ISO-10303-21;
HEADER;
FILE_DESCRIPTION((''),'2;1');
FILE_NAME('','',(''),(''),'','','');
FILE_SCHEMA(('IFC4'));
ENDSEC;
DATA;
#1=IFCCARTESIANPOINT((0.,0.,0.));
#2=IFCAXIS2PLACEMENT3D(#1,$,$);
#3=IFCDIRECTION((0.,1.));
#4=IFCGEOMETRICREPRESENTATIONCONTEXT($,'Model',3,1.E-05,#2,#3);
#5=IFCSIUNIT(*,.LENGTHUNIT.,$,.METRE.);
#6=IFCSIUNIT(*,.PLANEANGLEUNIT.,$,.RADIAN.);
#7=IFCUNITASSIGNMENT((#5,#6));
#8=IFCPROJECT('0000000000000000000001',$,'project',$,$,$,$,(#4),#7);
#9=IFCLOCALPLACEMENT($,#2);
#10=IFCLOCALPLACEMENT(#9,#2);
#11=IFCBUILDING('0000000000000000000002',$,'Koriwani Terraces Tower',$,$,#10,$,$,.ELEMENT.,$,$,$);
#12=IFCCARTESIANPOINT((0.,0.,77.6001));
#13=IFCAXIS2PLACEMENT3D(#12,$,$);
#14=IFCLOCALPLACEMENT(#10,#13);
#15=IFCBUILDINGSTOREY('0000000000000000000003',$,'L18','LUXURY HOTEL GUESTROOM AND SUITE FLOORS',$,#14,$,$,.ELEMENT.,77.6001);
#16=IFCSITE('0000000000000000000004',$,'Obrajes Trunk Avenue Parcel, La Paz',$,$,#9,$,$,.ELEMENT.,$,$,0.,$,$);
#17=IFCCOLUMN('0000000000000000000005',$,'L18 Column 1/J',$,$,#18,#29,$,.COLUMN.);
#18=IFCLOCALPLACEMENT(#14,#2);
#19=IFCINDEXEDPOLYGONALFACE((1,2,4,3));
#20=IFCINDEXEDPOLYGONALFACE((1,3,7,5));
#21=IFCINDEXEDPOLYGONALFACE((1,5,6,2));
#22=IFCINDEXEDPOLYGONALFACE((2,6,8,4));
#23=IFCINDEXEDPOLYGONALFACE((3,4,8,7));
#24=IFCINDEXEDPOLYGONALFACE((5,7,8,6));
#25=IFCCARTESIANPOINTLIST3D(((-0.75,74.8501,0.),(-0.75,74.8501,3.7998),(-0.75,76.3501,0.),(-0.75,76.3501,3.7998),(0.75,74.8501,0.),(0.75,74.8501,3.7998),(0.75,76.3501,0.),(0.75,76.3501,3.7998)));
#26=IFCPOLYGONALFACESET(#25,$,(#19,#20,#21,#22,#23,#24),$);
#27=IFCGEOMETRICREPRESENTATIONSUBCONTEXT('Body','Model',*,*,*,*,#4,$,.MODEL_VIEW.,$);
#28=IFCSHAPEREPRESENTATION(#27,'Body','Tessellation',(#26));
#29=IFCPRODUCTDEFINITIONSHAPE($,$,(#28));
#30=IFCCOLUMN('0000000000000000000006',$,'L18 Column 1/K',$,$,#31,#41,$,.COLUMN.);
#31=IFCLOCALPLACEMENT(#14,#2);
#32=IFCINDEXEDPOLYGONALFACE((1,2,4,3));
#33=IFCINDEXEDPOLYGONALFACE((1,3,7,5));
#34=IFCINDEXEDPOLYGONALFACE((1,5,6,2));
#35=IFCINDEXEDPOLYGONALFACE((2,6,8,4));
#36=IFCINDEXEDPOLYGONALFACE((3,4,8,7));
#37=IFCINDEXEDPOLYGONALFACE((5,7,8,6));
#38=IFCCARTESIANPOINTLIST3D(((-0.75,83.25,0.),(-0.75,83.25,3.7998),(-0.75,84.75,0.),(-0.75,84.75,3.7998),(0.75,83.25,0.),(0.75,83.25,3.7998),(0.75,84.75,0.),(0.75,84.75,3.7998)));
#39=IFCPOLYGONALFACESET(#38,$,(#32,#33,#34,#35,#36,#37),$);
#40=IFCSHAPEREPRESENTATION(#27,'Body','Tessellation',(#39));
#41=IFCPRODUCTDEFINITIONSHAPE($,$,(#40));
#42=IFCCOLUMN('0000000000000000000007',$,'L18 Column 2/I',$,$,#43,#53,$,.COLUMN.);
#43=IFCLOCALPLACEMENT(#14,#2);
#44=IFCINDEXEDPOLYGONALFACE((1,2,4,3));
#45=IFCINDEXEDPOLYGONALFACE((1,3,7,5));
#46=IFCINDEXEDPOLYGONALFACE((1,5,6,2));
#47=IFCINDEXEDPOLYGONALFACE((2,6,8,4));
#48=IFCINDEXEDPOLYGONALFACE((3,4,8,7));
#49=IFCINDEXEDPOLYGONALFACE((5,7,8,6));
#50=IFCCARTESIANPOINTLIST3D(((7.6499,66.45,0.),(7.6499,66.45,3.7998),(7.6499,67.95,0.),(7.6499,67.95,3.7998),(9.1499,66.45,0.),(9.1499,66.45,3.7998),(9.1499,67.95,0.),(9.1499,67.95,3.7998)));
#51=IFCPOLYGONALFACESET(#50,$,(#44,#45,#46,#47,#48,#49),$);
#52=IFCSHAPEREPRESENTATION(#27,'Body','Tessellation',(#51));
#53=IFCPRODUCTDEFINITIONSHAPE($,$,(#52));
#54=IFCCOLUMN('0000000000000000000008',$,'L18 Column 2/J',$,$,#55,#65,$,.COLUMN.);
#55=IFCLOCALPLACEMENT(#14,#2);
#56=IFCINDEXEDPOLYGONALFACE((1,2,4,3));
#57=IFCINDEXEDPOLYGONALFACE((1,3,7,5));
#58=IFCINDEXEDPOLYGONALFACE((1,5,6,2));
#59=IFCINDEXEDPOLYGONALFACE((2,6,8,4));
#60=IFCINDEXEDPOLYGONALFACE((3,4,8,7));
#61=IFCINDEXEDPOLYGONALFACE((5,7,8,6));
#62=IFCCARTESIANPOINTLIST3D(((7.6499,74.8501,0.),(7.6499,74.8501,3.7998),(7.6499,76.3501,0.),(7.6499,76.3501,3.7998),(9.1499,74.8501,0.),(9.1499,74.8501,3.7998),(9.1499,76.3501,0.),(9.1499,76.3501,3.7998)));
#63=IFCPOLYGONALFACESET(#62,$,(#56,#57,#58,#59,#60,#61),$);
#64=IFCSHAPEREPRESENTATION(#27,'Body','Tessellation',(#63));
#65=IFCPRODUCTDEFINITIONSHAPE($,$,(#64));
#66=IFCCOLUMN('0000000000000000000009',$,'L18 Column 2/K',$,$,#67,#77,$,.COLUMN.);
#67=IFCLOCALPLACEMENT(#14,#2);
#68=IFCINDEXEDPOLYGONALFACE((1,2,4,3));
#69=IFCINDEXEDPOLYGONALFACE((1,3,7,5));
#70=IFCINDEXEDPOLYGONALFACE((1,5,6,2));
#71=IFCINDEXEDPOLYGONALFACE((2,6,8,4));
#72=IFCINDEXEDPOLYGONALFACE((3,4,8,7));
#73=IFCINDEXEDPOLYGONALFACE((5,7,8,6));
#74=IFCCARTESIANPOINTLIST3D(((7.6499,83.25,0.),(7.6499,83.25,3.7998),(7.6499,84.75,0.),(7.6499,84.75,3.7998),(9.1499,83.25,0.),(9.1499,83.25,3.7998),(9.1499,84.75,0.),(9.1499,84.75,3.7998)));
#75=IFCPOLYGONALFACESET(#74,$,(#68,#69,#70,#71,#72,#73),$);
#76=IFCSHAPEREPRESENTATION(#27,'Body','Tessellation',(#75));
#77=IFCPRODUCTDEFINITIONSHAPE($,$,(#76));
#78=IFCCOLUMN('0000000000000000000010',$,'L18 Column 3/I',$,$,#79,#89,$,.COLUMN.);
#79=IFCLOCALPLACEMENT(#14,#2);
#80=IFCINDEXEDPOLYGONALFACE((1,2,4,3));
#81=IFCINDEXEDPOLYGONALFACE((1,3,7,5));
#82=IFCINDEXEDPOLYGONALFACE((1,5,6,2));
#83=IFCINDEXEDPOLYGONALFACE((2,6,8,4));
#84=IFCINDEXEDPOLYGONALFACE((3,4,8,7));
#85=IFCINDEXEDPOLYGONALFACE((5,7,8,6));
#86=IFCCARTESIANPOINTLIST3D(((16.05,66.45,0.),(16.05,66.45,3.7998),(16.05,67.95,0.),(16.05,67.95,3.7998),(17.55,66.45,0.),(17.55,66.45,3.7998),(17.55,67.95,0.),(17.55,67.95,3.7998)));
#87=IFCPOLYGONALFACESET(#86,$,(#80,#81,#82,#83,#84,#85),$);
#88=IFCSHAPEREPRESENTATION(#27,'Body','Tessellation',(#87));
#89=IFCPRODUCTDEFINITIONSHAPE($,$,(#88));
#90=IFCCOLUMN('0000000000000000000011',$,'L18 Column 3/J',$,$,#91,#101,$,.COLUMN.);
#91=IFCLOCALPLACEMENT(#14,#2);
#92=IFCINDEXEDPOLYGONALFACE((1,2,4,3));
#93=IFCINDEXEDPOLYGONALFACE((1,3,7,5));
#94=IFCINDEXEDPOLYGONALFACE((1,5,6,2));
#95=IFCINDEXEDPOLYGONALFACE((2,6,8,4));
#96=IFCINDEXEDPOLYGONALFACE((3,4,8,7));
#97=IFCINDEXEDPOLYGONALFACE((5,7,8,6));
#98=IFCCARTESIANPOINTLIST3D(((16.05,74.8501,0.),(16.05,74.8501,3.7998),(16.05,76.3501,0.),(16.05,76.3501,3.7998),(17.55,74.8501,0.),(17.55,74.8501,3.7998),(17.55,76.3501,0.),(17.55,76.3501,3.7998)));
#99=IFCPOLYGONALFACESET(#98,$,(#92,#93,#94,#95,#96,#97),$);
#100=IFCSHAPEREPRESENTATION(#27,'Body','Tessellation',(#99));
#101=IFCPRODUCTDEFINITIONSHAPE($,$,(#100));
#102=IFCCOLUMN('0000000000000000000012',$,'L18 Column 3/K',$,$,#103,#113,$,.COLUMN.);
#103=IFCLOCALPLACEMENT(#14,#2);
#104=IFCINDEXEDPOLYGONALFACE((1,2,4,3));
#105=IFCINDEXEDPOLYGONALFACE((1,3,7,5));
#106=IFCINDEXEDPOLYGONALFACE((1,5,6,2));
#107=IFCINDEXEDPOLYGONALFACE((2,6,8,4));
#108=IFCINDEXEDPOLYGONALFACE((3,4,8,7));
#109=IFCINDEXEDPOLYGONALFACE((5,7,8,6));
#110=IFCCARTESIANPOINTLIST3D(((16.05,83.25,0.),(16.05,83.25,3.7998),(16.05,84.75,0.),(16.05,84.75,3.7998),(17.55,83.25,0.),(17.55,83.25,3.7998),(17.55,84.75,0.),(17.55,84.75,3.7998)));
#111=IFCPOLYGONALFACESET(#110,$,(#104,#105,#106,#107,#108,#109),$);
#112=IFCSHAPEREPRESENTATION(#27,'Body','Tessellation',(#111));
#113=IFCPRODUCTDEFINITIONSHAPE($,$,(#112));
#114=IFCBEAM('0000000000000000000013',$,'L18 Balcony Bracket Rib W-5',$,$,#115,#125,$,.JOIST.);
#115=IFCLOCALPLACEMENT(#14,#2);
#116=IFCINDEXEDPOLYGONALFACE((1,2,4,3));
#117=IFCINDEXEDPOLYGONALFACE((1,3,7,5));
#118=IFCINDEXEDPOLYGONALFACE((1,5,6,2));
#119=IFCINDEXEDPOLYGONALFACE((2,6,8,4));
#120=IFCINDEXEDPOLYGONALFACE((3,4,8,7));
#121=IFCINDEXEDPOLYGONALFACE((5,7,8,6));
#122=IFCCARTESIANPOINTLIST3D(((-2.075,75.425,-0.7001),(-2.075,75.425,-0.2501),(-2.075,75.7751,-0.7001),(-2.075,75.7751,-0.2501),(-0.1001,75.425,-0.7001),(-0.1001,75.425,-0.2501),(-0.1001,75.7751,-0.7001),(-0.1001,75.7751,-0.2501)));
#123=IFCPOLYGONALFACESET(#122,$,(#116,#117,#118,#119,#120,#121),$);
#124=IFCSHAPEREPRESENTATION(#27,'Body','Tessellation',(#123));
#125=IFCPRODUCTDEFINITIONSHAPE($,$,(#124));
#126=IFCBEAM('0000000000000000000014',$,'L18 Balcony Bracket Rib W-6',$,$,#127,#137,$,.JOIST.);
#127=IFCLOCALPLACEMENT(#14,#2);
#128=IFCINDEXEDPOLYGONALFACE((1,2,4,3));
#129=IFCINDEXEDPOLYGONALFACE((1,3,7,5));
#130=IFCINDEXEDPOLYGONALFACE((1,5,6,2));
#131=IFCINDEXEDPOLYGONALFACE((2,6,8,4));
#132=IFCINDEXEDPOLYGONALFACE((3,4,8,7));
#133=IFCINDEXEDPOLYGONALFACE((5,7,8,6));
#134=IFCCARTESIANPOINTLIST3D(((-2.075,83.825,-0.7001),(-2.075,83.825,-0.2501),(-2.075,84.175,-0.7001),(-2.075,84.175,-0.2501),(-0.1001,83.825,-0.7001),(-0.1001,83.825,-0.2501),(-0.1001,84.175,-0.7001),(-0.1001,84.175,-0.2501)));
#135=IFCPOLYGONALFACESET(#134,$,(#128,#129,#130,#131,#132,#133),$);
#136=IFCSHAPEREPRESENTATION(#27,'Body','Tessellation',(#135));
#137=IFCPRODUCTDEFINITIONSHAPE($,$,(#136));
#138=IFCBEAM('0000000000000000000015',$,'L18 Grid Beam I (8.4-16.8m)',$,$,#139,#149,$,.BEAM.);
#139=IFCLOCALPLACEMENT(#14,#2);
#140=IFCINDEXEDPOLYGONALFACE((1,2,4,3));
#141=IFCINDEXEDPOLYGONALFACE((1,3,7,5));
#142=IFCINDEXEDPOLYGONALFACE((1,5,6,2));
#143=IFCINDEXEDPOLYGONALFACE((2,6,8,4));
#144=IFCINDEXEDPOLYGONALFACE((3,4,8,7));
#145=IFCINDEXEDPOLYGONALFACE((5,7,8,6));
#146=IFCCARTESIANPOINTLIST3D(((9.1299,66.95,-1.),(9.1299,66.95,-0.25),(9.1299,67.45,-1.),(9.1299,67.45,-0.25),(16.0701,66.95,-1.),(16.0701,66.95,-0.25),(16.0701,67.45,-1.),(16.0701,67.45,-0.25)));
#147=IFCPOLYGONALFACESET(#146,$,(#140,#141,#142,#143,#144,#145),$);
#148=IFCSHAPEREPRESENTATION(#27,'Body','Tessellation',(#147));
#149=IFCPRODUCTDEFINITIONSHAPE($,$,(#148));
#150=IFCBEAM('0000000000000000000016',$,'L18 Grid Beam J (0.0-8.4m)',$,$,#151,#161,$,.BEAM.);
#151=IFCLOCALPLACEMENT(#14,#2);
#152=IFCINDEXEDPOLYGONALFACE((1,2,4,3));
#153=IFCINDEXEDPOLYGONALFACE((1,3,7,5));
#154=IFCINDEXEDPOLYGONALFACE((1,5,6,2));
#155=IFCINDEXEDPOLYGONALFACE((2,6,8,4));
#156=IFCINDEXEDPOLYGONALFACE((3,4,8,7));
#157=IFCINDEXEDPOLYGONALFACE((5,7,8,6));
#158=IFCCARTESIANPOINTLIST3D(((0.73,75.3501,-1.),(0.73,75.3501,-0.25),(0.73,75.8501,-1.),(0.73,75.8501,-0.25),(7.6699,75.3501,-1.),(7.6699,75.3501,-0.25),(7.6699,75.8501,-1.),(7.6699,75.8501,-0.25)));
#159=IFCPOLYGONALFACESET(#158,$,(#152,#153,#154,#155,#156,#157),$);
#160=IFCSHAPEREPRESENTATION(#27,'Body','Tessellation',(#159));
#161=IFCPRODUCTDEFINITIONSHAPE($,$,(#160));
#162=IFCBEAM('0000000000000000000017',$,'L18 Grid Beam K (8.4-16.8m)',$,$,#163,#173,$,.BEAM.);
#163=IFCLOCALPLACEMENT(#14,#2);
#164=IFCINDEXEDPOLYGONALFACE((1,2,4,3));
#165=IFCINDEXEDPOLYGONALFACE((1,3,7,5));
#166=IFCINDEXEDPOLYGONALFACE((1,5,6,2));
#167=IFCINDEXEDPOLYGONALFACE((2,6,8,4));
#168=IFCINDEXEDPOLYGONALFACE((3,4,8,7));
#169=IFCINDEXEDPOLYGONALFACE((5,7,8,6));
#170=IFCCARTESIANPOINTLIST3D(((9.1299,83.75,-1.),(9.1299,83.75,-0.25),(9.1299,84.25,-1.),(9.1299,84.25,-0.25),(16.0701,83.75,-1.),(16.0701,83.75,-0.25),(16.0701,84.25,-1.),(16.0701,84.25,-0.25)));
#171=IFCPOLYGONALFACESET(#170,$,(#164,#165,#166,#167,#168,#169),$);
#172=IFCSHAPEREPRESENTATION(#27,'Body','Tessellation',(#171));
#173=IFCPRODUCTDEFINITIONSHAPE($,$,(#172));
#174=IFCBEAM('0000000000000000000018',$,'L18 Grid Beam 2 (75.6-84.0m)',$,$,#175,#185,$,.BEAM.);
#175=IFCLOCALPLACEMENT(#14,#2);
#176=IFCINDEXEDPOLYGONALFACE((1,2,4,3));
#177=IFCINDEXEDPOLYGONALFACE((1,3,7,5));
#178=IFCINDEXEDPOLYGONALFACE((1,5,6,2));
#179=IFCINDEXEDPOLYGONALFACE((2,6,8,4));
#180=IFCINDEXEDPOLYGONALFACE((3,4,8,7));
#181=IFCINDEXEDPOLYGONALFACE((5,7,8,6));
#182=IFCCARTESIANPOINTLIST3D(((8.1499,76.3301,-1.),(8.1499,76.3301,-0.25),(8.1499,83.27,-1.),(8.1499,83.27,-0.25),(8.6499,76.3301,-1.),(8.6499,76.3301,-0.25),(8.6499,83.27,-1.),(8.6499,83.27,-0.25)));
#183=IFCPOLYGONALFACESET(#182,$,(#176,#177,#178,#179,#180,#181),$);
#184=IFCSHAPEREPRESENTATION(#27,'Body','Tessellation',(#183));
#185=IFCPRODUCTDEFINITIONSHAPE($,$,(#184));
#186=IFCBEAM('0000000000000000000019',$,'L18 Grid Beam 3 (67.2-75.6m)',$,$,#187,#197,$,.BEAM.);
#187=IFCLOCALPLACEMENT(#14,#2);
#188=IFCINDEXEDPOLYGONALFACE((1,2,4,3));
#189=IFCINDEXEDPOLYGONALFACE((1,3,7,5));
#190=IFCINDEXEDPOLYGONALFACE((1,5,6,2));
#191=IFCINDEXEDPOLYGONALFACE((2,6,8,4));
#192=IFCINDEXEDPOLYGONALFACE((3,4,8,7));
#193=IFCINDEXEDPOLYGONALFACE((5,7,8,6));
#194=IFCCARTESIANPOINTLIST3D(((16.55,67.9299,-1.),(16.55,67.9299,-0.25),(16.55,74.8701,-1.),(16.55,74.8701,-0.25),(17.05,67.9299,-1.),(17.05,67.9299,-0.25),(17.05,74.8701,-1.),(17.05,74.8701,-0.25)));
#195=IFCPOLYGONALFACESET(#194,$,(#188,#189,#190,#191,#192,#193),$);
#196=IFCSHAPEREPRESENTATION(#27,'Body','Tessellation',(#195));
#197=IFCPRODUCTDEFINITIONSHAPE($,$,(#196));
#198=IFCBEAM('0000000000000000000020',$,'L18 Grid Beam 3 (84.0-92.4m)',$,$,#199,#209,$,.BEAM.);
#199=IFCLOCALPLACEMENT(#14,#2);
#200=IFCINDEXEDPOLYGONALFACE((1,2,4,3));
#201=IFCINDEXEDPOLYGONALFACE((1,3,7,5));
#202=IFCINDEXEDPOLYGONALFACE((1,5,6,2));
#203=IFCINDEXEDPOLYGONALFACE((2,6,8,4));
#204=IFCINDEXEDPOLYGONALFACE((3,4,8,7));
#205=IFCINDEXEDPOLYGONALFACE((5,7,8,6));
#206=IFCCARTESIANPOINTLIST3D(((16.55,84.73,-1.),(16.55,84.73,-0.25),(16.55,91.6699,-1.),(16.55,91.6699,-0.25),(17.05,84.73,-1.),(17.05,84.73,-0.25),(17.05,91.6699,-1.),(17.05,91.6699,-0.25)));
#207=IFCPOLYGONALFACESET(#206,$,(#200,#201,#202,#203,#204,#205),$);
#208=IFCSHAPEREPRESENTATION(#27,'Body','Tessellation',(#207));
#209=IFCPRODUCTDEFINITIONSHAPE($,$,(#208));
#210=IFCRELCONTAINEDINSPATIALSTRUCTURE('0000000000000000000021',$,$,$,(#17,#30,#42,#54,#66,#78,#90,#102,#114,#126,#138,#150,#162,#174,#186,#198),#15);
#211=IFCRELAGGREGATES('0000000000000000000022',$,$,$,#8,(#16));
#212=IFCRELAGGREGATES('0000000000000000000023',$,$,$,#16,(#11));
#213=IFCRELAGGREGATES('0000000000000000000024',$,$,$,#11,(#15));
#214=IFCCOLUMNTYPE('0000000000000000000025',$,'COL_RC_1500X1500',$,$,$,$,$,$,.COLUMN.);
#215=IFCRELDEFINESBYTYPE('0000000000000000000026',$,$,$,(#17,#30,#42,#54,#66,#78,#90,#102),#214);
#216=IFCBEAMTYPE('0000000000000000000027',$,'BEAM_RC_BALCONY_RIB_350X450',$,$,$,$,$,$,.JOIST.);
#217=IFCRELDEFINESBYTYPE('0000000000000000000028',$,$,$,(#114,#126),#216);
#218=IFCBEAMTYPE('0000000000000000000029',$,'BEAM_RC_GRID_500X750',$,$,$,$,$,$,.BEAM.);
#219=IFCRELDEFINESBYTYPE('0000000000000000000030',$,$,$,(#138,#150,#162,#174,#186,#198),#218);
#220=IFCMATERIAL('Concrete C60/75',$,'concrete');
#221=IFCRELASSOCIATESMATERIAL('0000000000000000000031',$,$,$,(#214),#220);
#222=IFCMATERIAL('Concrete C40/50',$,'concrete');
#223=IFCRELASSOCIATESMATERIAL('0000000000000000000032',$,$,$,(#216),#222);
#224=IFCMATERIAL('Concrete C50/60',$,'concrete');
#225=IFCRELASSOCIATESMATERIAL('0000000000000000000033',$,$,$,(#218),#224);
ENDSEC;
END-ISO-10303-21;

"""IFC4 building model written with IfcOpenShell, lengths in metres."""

from ifc_helpers import new_model, si_unit, direction, frame, origin, origin_2d, place, context, subcontext, project, spatial, rectangle, extrude, material, material_profile, profile_set, type_object, element, save


model = new_model("IFC4")

# Units and contexts
model_context = context("Model", 3, precision=1e-05, world=origin(), true_north=direction((0.0, 1.0)))
body_context = subcontext(model_context, "Body", "Model", "MODEL_VIEW")
ifc_project = project(units=[si_unit("LENGTHUNIT", "METRE"), si_unit("PLANEANGLEUNIT", "RADIAN")], contexts=[model_context])

# Site, building, storey
site_placement = place(None, origin())
site = spatial("IfcSite", under=ifc_project, at=site_placement, Name="Obrajes Trunk Avenue Parcel, La Paz", CompositionType="ELEMENT", RefElevation=0.0)
building_placement = place(site_placement, origin())
building = spatial("IfcBuilding", under=site, at=building_placement, Name="Koriwani Terraces Tower", CompositionType="ELEMENT")
storey_placement = place(building_placement, frame((0.0, 0.0, 77.6001)))
storey = spatial("IfcBuildingStorey", under=building, at=storey_placement, Name="L18", Description="LUXURY HOTEL GUESTROOM AND SUITE FLOORS", CompositionType="ELEMENT", Elevation=77.6001)

# Columns
ifc_material_1 = material(Name="Concrete C60/75", Category="concrete")
ifc_material_profile_1 = material_profile(ifc_material_1, rectangle(XDim=1.5, YDim=1.5, at=origin_2d()), Name="Concrete C60/75", Category="LoadBearing")
ifc_profile_set_1 = profile_set([ifc_material_profile_1], Name="Concrete C60/75")
column_type = type_object("IfcColumnType", Name="COL_RC_1500X1500", PredefinedType="COLUMN", material=ifc_profile_set_1)
for number, where, z_axis, x_axis, name in (
    (1, (0.0, 75.6001, 0.0), (0.0, 0.0, 1.0), (1.0, 0.0, 0.0), "L18 Column 1/J"),
    (2, (0.0, 84.0, 0.0), (0.0, 0.0, 1.0), (1.0, 0.0, 0.0), "L18 Column 1/K"),
    (3, (8.3999, 67.2, 0.0), (0.0, 0.0, 1.0), (1.0, 0.0, 0.0), "L18 Column 2/I"),
    (4, (8.3999, 75.6001, 0.0), (0.0, 0.0, 1.0), (1.0, 0.0, 0.0), "L18 Column 2/J"),
    (5, (8.3999, 84.0, 0.0), (0.0, 0.0, 1.0), (1.0, 0.0, 0.0), "L18 Column 2/K"),
    (6, (16.8, 67.2, 0.0), (0.0, 0.0, 1.0), (1.0, 0.0, 0.0), "L18 Column 3/I"),
    (7, (16.8, 75.6001, 0.0), (0.0, 0.0, 1.0), (1.0, 0.0, 0.0), "L18 Column 3/J"),
    (8, (16.8, 84.0, 0.0), (0.0, 0.0, 1.0), (1.0, 0.0, 0.0), "L18 Column 3/K"),
):
    element("IfcColumn", number, at=place(storey_placement, frame(where, z_axis=z_axis, x_axis=x_axis)), inside=storey, type_object=column_type, Name=name, PredefinedType="COLUMN", context=body_context, shape_type="SweptSolid", body=[
        extrude(rectangle(XDim=1.5, YDim=1.5, at=origin_2d()), origin(), (0.0, 0.0, 1.0), 3.7998),
    ])

# Beams
ifc_material_2 = material(Name="Concrete C40/50", Category="concrete")
ifc_material_profile_2 = material_profile(ifc_material_2, rectangle(XDim=0.3501, YDim=0.45, at=origin_2d()), Name="Concrete C40/50", Category="LoadBearing")
ifc_profile_set_2 = profile_set([ifc_material_profile_2], Name="Concrete C40/50")
beam_type_1 = type_object("IfcBeamType", Name="BEAM_RC_BALCONY_RIB_350X450", PredefinedType="JOIST", material=ifc_profile_set_2)
for number, where, z_axis, x_axis, name in (
    (9, (-2.075, 75.6001, -0.4751), (1.0, 0.0, 0.0), (0.0, 1.0, 0.0), "L18 Balcony Bracket Rib W-5"),
    (10, (-2.075, 84.0, -0.4751), (1.0, 0.0, 0.0), (0.0, 1.0, 0.0), "L18 Balcony Bracket Rib W-6"),
):
    element("IfcBeam", number, at=place(storey_placement, frame(where, z_axis=z_axis, x_axis=x_axis)), inside=storey, type_object=beam_type_1, Name=name, PredefinedType="JOIST", context=body_context, shape_type="SweptSolid", body=[
        extrude(rectangle(XDim=0.3501, YDim=0.45, at=origin_2d()), origin(), (0.0, 0.0, 1.0), 1.9749),
    ])
ifc_material_3 = material(Name="Concrete C50/60", Category="concrete")
ifc_material_profile_3 = material_profile(ifc_material_3, rectangle(XDim=0.5, YDim=0.75, at=origin_2d()), Name="Concrete C50/60", Category="LoadBearing")
ifc_profile_set_3 = profile_set([ifc_material_profile_3], Name="Concrete C50/60")
beam_type_2 = type_object("IfcBeamType", Name="BEAM_RC_GRID_500X750", PredefinedType="BEAM", material=ifc_profile_set_3)
beam_1_placement = place(storey_placement, frame((9.1299, 67.2, -0.625), z_axis=(1.0, 0.0, 0.0), x_axis=(0.0, 1.0, 0.0)))
element("IfcBeam", 11, at=beam_1_placement, inside=storey, type_object=beam_type_2, Name="L18 Grid Beam I (8.4-16.8m)", PredefinedType="BEAM", context=body_context, shape_type="SweptSolid", body=[
    extrude(rectangle(XDim=0.5, YDim=0.75, at=origin_2d()), origin(), (0.0, 0.0, 1.0), 6.9402),
])
beam_2_placement = place(storey_placement, frame((0.73, 75.6001, -0.625), z_axis=(1.0, 0.0, 0.0), x_axis=(0.0, 1.0, 0.0)))
element("IfcBeam", 12, at=beam_2_placement, inside=storey, type_object=beam_type_2, Name="L18 Grid Beam J (0.0-8.4m)", PredefinedType="BEAM", context=body_context, shape_type="SweptSolid", body=[
    extrude(rectangle(XDim=0.5, YDim=0.75, at=origin_2d()), origin(), (0.0, 0.0, 1.0), 6.9399),
])
beam_3_placement = place(storey_placement, frame((9.1299, 84.0, -0.625), z_axis=(1.0, 0.0, 0.0), x_axis=(0.0, 1.0, 0.0)))
element("IfcBeam", 13, at=beam_3_placement, inside=storey, type_object=beam_type_2, Name="L18 Grid Beam K (8.4-16.8m)", PredefinedType="BEAM", context=body_context, shape_type="SweptSolid", body=[
    extrude(rectangle(XDim=0.5, YDim=0.75, at=origin_2d()), origin(), (0.0, 0.0, 1.0), 6.9402),
])
beam_4_placement = place(storey_placement, frame((8.3999, 76.3301, -0.625), z_axis=(0.0, 1.0, 0.0), x_axis=(-1.0, 0.0, 0.0)))
element("IfcBeam", 14, at=beam_4_placement, inside=storey, type_object=beam_type_2, Name="L18 Grid Beam 2 (75.6-84.0m)", PredefinedType="BEAM", context=body_context, shape_type="SweptSolid", body=[
    extrude(rectangle(XDim=0.5, YDim=0.75, at=origin_2d()), origin(), (0.0, 0.0, 1.0), 6.9399),
])
beam_5_placement = place(storey_placement, frame((16.8, 67.9299, -0.625), z_axis=(0.0, 1.0, 0.0), x_axis=(-1.0, 0.0, 0.0)))
element("IfcBeam", 15, at=beam_5_placement, inside=storey, type_object=beam_type_2, Name="L18 Grid Beam 3 (67.2-75.6m)", PredefinedType="BEAM", context=body_context, shape_type="SweptSolid", body=[
    extrude(rectangle(XDim=0.5, YDim=0.75, at=origin_2d()), origin(), (0.0, 0.0, 1.0), 6.9402),
])
beam_6_placement = place(storey_placement, frame((16.8, 84.73, -0.625), z_axis=(0.0, 1.0, 0.0), x_axis=(-1.0, 0.0, 0.0)))
element("IfcBeam", 16, at=beam_6_placement, inside=storey, type_object=beam_type_2, Name="L18 Grid Beam 3 (84.0-92.4m)", PredefinedType="BEAM", context=body_context, shape_type="SweptSolid", body=[
    extrude(rectangle(XDim=0.5, YDim=0.75, at=origin_2d()), origin(), (0.0, 0.0, 1.0), 6.9399),
])

save(model, "model.ifc")
